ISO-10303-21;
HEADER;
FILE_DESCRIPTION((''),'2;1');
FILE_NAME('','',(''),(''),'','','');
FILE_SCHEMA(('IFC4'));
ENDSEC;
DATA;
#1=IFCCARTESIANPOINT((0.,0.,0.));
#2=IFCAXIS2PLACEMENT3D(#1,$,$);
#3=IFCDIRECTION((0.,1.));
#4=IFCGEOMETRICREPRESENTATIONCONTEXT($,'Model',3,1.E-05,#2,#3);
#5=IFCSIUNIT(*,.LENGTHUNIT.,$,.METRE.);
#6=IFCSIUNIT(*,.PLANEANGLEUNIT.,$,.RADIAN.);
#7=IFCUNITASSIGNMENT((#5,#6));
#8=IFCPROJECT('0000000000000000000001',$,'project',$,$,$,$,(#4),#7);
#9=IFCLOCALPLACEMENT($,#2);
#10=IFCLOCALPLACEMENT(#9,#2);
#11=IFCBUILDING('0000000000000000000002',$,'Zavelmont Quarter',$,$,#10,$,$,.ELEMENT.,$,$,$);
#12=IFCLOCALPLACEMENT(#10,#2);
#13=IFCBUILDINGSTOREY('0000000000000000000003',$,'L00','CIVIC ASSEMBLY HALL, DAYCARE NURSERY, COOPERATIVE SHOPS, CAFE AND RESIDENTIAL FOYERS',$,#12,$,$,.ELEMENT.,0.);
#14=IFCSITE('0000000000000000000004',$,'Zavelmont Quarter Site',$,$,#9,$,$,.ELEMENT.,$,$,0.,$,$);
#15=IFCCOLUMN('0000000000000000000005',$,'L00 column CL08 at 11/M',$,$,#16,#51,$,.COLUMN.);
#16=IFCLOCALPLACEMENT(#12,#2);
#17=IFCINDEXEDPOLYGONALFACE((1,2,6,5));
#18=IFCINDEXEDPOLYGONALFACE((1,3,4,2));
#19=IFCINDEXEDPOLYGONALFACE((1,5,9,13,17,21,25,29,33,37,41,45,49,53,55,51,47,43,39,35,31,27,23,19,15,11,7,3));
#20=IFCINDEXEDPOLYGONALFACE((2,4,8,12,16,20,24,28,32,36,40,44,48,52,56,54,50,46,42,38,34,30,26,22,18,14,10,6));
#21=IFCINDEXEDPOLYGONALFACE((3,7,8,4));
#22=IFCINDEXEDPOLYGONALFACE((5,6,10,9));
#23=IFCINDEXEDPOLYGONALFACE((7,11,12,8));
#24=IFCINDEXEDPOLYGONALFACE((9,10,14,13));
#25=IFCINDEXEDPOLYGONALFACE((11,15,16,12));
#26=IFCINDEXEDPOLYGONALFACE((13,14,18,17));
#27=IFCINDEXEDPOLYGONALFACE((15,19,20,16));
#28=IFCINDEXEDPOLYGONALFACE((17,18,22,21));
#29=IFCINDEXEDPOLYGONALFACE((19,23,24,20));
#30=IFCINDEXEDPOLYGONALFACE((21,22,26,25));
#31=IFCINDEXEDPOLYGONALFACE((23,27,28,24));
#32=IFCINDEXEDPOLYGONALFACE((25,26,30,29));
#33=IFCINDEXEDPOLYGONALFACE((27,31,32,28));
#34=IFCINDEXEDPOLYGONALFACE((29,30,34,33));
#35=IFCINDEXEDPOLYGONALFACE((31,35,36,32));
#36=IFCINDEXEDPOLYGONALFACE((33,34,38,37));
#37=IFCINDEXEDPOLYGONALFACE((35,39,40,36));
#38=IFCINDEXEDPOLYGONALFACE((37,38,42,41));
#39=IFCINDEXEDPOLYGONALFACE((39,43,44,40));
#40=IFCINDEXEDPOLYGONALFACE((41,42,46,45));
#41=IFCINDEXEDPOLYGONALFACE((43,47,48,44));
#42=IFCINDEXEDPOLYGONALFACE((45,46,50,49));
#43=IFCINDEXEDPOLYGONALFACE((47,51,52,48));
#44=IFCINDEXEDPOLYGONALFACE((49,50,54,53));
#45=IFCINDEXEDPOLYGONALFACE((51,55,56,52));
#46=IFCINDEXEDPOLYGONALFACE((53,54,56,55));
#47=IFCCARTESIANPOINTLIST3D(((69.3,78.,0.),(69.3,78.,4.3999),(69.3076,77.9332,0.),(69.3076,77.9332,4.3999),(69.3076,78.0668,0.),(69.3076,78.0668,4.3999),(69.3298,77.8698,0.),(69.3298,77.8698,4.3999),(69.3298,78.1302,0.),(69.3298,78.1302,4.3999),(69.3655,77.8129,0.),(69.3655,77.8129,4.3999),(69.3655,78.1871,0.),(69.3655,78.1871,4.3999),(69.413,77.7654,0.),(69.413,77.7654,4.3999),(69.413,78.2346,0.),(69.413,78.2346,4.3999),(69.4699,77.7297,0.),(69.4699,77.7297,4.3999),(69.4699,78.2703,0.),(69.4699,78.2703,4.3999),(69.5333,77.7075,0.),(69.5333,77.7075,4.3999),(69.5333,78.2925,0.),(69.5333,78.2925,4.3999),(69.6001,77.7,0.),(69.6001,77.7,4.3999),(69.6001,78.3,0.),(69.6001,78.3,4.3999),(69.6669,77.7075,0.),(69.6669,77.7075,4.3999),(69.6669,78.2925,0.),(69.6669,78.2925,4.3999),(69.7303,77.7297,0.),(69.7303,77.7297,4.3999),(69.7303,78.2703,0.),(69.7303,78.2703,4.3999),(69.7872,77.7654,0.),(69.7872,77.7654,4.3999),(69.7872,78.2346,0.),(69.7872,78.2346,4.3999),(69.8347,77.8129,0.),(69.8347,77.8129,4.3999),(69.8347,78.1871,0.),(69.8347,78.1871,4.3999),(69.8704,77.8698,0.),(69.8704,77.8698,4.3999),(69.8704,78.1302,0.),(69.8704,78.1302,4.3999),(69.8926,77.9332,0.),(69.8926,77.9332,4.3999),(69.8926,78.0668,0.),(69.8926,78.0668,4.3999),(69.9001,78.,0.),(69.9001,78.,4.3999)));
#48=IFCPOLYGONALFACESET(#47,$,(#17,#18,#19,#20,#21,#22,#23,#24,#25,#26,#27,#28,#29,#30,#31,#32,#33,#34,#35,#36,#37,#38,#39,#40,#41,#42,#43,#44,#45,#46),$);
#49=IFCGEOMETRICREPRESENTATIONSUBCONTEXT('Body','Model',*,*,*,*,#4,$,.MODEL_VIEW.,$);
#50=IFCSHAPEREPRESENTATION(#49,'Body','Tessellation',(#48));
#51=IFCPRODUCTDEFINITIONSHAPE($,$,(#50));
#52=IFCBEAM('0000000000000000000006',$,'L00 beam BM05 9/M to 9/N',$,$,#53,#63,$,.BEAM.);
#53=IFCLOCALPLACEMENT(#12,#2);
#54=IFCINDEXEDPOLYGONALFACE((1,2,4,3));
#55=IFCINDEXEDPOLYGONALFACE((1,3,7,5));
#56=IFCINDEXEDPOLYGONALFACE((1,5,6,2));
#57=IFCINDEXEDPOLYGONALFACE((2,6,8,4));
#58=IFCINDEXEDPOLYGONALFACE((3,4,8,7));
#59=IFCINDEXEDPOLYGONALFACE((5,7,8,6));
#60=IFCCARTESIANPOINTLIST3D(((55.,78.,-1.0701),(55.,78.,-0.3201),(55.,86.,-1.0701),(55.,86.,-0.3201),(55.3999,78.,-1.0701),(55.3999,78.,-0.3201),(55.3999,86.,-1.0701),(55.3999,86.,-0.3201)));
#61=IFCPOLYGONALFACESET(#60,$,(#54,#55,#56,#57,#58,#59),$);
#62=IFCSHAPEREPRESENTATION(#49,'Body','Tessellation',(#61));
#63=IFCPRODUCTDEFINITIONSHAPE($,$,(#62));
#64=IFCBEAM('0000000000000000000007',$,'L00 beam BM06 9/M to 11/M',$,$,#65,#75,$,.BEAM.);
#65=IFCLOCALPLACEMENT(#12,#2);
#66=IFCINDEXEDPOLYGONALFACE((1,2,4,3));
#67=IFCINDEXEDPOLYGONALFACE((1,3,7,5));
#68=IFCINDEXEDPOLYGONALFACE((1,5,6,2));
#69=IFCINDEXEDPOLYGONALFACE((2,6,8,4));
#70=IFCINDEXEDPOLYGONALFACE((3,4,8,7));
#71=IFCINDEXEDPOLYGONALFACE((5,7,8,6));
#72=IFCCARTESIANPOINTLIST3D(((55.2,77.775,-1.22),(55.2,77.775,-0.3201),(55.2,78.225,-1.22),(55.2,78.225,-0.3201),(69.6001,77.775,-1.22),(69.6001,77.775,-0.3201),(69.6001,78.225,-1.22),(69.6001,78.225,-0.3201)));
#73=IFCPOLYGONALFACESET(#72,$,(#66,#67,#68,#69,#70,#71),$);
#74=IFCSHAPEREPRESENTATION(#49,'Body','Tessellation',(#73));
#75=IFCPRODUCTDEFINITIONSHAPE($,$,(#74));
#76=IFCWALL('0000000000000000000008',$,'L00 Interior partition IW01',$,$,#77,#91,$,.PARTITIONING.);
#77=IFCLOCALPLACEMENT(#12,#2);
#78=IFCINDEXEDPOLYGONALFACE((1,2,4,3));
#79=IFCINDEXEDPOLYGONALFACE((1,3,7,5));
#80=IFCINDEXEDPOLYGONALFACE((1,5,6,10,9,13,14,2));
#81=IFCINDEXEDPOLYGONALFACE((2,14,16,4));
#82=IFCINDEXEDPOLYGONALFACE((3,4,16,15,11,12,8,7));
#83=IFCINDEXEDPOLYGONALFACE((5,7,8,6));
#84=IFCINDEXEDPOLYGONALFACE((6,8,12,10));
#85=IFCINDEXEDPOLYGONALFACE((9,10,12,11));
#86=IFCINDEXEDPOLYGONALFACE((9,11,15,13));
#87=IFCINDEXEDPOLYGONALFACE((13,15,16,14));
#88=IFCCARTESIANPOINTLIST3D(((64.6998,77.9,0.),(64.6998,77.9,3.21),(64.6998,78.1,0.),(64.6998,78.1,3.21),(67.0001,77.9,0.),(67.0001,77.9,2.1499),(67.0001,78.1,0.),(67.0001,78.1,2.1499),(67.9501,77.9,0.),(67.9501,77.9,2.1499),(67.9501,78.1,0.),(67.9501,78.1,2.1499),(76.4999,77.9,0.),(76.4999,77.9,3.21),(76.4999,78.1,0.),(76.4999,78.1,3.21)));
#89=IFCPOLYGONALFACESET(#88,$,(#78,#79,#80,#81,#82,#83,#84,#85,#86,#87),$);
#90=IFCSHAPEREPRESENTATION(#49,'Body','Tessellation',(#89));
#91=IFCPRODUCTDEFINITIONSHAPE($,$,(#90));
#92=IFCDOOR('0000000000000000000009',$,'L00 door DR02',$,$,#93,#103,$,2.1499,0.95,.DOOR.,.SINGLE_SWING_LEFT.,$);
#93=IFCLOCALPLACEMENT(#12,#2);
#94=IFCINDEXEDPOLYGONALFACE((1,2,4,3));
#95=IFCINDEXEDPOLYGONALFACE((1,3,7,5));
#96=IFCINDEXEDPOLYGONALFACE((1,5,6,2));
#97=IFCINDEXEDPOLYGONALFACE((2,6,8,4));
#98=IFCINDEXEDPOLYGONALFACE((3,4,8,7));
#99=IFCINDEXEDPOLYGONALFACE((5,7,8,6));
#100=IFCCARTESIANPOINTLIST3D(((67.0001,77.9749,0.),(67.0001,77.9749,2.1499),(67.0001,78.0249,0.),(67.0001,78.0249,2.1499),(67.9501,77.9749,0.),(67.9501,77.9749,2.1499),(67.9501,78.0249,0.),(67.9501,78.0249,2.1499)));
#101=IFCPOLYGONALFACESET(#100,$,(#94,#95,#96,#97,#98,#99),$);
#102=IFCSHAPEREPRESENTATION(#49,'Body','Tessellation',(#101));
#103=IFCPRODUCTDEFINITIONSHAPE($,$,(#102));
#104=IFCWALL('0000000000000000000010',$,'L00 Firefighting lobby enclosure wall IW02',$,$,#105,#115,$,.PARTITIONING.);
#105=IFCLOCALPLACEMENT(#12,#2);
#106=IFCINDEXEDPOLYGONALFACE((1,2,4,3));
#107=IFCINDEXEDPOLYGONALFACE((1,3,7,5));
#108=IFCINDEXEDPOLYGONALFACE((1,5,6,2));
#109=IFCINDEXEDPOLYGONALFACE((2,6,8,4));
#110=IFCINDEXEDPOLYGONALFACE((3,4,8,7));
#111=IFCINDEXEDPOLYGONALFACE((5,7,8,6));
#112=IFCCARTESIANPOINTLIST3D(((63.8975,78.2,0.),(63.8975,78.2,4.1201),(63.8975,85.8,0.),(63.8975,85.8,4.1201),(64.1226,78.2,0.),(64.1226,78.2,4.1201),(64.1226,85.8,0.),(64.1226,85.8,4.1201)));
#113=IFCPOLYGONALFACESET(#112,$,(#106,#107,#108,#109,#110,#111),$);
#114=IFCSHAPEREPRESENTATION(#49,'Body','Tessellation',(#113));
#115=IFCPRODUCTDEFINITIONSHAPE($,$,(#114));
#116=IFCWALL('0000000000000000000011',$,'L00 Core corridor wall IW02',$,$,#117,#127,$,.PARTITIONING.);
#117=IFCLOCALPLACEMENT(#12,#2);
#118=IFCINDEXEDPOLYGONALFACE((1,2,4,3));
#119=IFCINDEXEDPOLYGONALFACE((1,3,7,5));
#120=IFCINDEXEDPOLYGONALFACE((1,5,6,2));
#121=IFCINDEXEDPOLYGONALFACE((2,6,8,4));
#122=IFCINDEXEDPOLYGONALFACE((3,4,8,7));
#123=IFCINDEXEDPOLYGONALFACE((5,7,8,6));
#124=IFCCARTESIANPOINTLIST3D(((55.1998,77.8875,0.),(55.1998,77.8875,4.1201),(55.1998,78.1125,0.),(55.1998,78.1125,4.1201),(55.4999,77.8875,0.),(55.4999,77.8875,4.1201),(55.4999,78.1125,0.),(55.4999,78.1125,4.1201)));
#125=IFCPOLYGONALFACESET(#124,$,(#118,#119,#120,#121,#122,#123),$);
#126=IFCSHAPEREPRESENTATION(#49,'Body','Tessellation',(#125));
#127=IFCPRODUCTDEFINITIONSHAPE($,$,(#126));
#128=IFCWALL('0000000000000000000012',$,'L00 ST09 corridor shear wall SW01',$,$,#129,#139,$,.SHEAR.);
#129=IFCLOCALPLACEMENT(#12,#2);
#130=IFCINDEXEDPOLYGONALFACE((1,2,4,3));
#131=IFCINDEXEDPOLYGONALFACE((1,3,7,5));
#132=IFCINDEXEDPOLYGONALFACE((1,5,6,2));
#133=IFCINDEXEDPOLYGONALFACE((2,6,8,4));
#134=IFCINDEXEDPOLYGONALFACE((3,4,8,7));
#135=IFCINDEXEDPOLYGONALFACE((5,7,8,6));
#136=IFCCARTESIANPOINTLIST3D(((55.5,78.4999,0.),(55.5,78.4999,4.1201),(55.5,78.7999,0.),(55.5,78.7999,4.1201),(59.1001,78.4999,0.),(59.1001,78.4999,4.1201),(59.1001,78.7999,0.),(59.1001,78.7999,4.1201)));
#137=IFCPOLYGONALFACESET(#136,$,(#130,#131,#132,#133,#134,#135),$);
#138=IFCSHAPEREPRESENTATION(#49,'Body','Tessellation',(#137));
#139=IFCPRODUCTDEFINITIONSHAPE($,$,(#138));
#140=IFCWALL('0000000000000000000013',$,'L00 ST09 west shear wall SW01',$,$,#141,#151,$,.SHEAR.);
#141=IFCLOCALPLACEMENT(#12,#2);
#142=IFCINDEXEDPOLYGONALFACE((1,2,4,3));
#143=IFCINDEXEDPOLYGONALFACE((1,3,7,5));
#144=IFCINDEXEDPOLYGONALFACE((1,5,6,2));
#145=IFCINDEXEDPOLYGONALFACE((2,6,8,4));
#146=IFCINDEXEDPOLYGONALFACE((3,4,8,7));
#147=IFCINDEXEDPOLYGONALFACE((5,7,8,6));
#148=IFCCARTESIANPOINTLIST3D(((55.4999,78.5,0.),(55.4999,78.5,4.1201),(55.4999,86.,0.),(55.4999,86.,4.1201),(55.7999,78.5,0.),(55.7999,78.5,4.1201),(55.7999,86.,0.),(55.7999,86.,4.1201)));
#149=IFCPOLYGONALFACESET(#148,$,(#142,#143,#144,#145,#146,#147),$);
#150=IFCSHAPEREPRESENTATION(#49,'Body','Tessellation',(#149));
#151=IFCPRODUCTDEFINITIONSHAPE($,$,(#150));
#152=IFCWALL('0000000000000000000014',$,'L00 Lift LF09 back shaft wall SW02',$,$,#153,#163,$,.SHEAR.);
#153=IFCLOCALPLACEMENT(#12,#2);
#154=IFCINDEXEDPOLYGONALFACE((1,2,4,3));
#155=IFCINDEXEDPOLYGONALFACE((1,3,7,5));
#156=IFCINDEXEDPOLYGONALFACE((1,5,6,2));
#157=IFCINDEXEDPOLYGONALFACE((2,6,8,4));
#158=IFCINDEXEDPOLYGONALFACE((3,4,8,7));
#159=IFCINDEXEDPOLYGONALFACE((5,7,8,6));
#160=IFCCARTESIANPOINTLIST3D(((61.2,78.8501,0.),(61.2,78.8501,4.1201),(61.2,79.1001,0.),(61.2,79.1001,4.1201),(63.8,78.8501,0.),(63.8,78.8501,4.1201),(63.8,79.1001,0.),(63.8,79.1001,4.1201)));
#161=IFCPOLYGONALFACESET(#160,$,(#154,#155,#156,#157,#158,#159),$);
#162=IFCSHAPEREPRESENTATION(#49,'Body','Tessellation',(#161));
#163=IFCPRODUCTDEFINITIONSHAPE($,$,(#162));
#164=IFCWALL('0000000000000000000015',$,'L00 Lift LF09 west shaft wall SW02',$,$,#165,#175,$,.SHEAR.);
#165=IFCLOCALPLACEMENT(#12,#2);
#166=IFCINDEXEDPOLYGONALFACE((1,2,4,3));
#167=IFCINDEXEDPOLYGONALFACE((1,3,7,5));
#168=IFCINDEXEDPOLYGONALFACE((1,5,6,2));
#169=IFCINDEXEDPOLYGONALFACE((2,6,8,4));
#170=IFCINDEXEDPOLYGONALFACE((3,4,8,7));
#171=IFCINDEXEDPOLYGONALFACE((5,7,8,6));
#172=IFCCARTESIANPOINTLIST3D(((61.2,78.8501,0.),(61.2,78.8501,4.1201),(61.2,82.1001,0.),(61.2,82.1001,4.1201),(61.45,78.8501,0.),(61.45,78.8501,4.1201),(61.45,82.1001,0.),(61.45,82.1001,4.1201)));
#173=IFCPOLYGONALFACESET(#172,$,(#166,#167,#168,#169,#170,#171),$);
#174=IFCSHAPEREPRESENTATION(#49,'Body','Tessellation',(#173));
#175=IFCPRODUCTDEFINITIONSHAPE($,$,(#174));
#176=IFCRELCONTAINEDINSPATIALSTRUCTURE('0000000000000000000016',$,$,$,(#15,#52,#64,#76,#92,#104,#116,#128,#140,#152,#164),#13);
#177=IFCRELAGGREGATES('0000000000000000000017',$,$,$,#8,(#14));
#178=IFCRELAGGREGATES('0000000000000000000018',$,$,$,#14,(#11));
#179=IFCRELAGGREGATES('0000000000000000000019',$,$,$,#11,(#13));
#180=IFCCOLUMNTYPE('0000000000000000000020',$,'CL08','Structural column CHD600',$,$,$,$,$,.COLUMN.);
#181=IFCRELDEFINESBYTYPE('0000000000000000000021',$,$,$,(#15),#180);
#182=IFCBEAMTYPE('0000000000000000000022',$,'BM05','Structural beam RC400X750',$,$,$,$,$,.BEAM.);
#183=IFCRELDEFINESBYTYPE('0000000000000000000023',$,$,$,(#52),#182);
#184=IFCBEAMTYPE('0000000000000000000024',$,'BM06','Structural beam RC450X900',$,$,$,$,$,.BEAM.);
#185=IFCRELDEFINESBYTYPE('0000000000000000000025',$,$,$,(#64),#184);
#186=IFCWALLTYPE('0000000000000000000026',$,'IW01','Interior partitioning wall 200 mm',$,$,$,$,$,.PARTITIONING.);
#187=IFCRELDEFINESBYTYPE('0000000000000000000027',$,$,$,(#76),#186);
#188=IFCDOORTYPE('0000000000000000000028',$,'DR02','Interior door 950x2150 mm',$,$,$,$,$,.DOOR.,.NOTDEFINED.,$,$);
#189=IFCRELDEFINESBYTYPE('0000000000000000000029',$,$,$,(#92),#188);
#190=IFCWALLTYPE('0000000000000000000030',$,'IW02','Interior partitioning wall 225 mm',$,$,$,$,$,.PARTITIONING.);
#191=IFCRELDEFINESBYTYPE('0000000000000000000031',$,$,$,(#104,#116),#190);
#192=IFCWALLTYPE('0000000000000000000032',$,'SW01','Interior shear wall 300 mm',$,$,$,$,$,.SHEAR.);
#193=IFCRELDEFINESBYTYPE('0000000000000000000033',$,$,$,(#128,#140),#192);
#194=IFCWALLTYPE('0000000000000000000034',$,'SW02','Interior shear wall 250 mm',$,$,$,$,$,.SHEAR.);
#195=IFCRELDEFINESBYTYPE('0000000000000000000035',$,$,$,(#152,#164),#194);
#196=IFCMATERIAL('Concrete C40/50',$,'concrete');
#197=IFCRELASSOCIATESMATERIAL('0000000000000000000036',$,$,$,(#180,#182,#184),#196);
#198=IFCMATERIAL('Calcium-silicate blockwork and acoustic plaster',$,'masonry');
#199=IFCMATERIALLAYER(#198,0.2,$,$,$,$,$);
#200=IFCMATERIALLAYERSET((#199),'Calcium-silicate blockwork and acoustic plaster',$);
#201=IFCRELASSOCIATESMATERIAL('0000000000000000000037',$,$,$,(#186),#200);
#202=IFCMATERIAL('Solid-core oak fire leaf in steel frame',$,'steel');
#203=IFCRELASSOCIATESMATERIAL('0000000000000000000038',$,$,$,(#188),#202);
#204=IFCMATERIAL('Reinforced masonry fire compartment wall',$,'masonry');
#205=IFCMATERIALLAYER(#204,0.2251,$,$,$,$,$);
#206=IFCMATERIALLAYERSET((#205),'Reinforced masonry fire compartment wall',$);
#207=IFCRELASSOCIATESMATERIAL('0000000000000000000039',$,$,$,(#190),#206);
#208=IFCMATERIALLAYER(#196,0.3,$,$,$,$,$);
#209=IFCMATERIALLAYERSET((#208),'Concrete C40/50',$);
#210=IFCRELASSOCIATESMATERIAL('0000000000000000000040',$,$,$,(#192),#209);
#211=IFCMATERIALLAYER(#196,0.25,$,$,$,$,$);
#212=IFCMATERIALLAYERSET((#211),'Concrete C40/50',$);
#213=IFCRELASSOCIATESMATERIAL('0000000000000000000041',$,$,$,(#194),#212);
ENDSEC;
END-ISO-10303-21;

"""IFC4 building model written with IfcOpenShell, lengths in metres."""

from ifc_helpers import new_model, si_unit, direction, frame, frame_2d, origin, origin_with_axes, origin_2d, place, context, subcontext, project, spatial, rectangle, circle, extrude, material, layer, layer_set, material_profile, profile_set, type_object, element, fill, save


model = new_model("IFC4")

# Units and contexts
model_context = context("Model", 3, precision=1e-05, world=origin(), true_north=direction((0.0, 1.0)))
body_context = subcontext(model_context, "Body", "Model", "MODEL_VIEW")
ifc_project = project(units=[si_unit("LENGTHUNIT", "METRE"), si_unit("PLANEANGLEUNIT", "RADIAN")], contexts=[model_context])

# Site, building, storey
site_placement = place(None, origin())
site = spatial("IfcSite", under=ifc_project, at=site_placement, Name="Zavelmont Quarter Site", CompositionType="ELEMENT", RefElevation=0.0)
building_placement = place(site_placement, origin())
building = spatial("IfcBuilding", under=site, at=building_placement, Name="Zavelmont Quarter", CompositionType="ELEMENT")
storey_placement = place(building_placement, origin())
storey = spatial("IfcBuildingStorey", under=building, at=storey_placement, Name="L00", Description="CIVIC ASSEMBLY HALL, DAYCARE NURSERY, COOPERATIVE SHOPS, CAFE AND RESIDENTIAL FOYERS", CompositionType="ELEMENT", Elevation=0.0)

# Column
ifc_material_1 = material(Name="Concrete C40/50", Category="concrete")
ifc_material_profile_1 = material_profile(ifc_material_1, circle(Radius=0.3, at=origin_2d()), Name="CHD600")
ifc_profile_set_1 = profile_set([ifc_material_profile_1], Name="Concrete C40/50")
column_type = type_object("IfcColumnType", Name="CL08", Description="Structural column CHD600", PredefinedType="COLUMN", material=ifc_profile_set_1)
column_placement = place(storey_placement, frame((69.6001, 78.0, 0.0), z_axis=(0.0, 0.0, 1.0), x_axis=(1.0, 0.0, 0.0)))
element("IfcColumn", 1, at=column_placement, inside=storey, type_object=column_type, Name="L00 column CL08 at 11/M", PredefinedType="COLUMN", context=body_context, shape_type="SweptSolid", body=[
    extrude(circle(Radius=0.3, at=origin_2d()), origin(), (0.0, 0.0, 1.0), 4.3999),
])

# Beams
ifc_material_profile_2 = material_profile(ifc_material_1, rectangle(XDim=0.3999, YDim=0.75, at=origin_2d()), Name="RC400X750")
ifc_profile_set_2 = profile_set([ifc_material_profile_2], Name="Concrete C40/50")
beam_type_1 = type_object("IfcBeamType", Name="BM05", Description="Structural beam RC400X750", PredefinedType="BEAM", material=ifc_profile_set_2)
beam_1_placement = place(storey_placement, frame((55.2, 78.0, -0.6951), z_axis=(0.0, 1.0, 0.0), x_axis=(-1.0, 0.0, 0.0)))
element("IfcBeam", 2, at=beam_1_placement, inside=storey, type_object=beam_type_1, Name="L00 beam BM05 9/M to 9/N", PredefinedType="BEAM", context=body_context, shape_type="SweptSolid", body=[
    extrude(rectangle(XDim=0.3999, YDim=0.75, at=origin_2d()), origin(), (0.0, 0.0, 1.0), 8.0),
])
ifc_material_profile_3 = material_profile(ifc_material_1, rectangle(XDim=0.45, YDim=0.8999, at=origin_2d()), Name="RC450X900")
ifc_profile_set_3 = profile_set([ifc_material_profile_3], Name="Concrete C40/50")
beam_type_2 = type_object("IfcBeamType", Name="BM06", Description="Structural beam RC450X900", PredefinedType="BEAM", material=ifc_profile_set_3)
beam_2_placement = place(storey_placement, frame((55.2, 78.0, -0.77), z_axis=(1.0, 0.0, 0.0), x_axis=(0.0, 1.0, 0.0)))
element("IfcBeam", 3, at=beam_2_placement, inside=storey, type_object=beam_type_2, Name="L00 beam BM06 9/M to 11/M", PredefinedType="BEAM", context=body_context, shape_type="SweptSolid", body=[
    extrude(rectangle(XDim=0.45, YDim=0.8999, at=origin_2d()), origin(), (0.0, 0.0, 1.0), 14.4001),
])

# Wall, opening, door
ifc_material_2 = material(Name="Calcium-silicate blockwork and acoustic plaster", Category="masonry")
ifc_layer_1 = layer(ifc_material_2, 0.2)
ifc_layer_set_1 = layer_set([ifc_layer_1], Name="Calcium-silicate blockwork and acoustic plaster")
wall_type_1 = type_object("IfcWallType", Name="IW01", Description="Interior partitioning wall 200 mm", PredefinedType="PARTITIONING", material=ifc_layer_set_1)
wall_1_placement = place(storey_placement, frame((64.7, 78.0, 0.0), z_axis=(0.0, 0.0, 1.0), x_axis=(1.0, 0.0, 0.0)))
wall_1 = element("IfcWall", 4, at=wall_1_placement, inside=storey, type_object=wall_type_1, Name="L00 Interior partition IW01", PredefinedType="PARTITIONING", context=body_context, shape_type="SweptSolid", body=[
    extrude(rectangle(XDim=11.8, YDim=0.2, at=frame_2d((5.8999, 0.0))), origin(), (0.0, 0.0, 1.0), 3.21),
])
opening_1_placement = place(wall_1_placement, frame((2.3, 0.0, 0.0)))
opening_1 = element("IfcOpeningElement", 5, at=opening_1_placement, cuts=wall_1, PredefinedType="OPENING", context=body_context, shape_type="SweptSolid", body=[
    extrude(rectangle(XDim=0.95, YDim=2.1499, at=frame_2d((0.4751, 1.075))), frame((0.0, 0.1118, 0.0), z_axis=(0.0, -1.0, 0.0), x_axis=(1.0, 0.0, 0.0)), (0.0, 0.0, 1.0), 0.2239),
])
ifc_material_3 = material(Name="Solid-core oak fire leaf in steel frame", Category="steel")
door_type_1 = type_object("IfcDoorType", Name="DR02", Description="Interior door 950x2150 mm", OperationType="NOTDEFINED", PredefinedType="DOOR", material=ifc_material_3)
door_1_placement = place(opening_1_placement, origin_with_axes())
door_1 = element("IfcDoor", 6, at=door_1_placement, inside=storey, type_object=door_type_1, Name="L00 door DR02", OperationType="SINGLE_SWING_LEFT", OverallHeight=2.1499, OverallWidth=0.95, PredefinedType="DOOR", context=body_context, shape_type="SweptSolid", body=[
    extrude(rectangle(XDim=0.95, YDim=2.1499, at=frame_2d((0.4751, 1.075))), frame((0.0, 0.0249, 0.0), z_axis=(0.0, -1.0, 0.0), x_axis=(1.0, 0.0, 0.0)), (0.0, 0.0, 1.0), 0.05),
])
fill(opening_1, door_1)

# Walls
ifc_material_4 = material(Name="Reinforced masonry fire compartment wall", Category="masonry")
ifc_layer_2 = layer(ifc_material_4, 0.2251)
ifc_layer_set_2 = layer_set([ifc_layer_2], Name="Reinforced masonry fire compartment wall")
wall_type_2 = type_object("IfcWallType", Name="IW02", Description="Interior partitioning wall 225 mm", PredefinedType="PARTITIONING", material=ifc_layer_set_2)
wall_2_placement = place(storey_placement, frame((64.01, 78.2, 0.0), z_axis=(0.0, 0.0, 1.0), x_axis=(0.0, 1.0, 0.0)))
element("IfcWall", 7, at=wall_2_placement, inside=storey, type_object=wall_type_2, Name="L00 Firefighting lobby enclosure wall IW02", PredefinedType="PARTITIONING", context=body_context, shape_type="SweptSolid", body=[
    extrude(rectangle(XDim=7.6001, YDim=0.2251, at=frame_2d((3.8, 0.0))), origin(), (0.0, 0.0, 1.0), 4.1201),
])
wall_3_placement = place(storey_placement, frame((55.2, 78.0, 0.0), z_axis=(0.0, 0.0, 1.0), x_axis=(1.0, 0.0, 0.0)))
element("IfcWall", 8, at=wall_3_placement, inside=storey, type_object=wall_type_2, Name="L00 Core corridor wall IW02", PredefinedType="PARTITIONING", context=body_context, shape_type="SweptSolid", body=[
    extrude(rectangle(XDim=0.3, YDim=0.2251, at=frame_2d((0.1499, 0.0))), origin(), (0.0, 0.0, 1.0), 4.1201),
])

# Walls
ifc_layer_3 = layer(ifc_material_1, 0.3)
ifc_layer_set_3 = layer_set([ifc_layer_3], Name="Concrete C40/50")
wall_type_3 = type_object("IfcWallType", Name="SW01", Description="Interior shear wall 300 mm", PredefinedType="SHEAR", material=ifc_layer_set_3)
wall_4_placement = place(storey_placement, frame((55.5, 78.6499, 0.0), z_axis=(0.0, 0.0, 1.0), x_axis=(1.0, 0.0, 0.0)))
element("IfcWall", 9, at=wall_4_placement, inside=storey, type_object=wall_type_3, Name="L00 ST09 corridor shear wall SW01", PredefinedType="SHEAR", context=body_context, shape_type="SweptSolid", body=[
    extrude(rectangle(XDim=3.6001, YDim=0.3, at=frame_2d((1.8, 0.0))), origin(), (0.0, 0.0, 1.0), 4.1201),
])
wall_5_placement = place(storey_placement, frame((55.6499, 78.5, 0.0), z_axis=(0.0, 0.0, 1.0), x_axis=(0.0, 1.0, 0.0)))
element("IfcWall", 10, at=wall_5_placement, inside=storey, type_object=wall_type_3, Name="L00 ST09 west shear wall SW01", PredefinedType="SHEAR", context=body_context, shape_type="SweptSolid", body=[
    extrude(rectangle(XDim=7.5, YDim=0.3, at=frame_2d((3.75, 0.0))), origin(), (0.0, 0.0, 1.0), 4.1201),
])

# Walls
ifc_layer_4 = layer(ifc_material_1, 0.25)
ifc_layer_set_4 = layer_set([ifc_layer_4], Name="Concrete C40/50")
wall_type_4 = type_object("IfcWallType", Name="SW02", Description="Interior shear wall 250 mm", PredefinedType="SHEAR", material=ifc_layer_set_4)
wall_6_placement = place(storey_placement, frame((61.2, 78.9751, 0.0), z_axis=(0.0, 0.0, 1.0), x_axis=(1.0, 0.0, 0.0)))
element("IfcWall", 11, at=wall_6_placement, inside=storey, type_object=wall_type_4, Name="L00 Lift LF09 back shaft wall SW02", PredefinedType="SHEAR", context=body_context, shape_type="SweptSolid", body=[
    extrude(rectangle(XDim=2.6001, YDim=0.25, at=frame_2d((1.3, 0.0))), origin(), (0.0, 0.0, 1.0), 4.1201),
])
for number, where, z_axis, x_axis, name in (
    (12, (61.325, 78.8501, 0.0), (0.0, 0.0, 1.0), (0.0, 1.0, 0.0), "L00 Lift LF09 west shaft wall SW02"),
):
    element("IfcWall", number, at=place(storey_placement, frame(where, z_axis=z_axis, x_axis=x_axis)), inside=storey, type_object=wall_type_4, Name=name, PredefinedType="SHEAR", context=body_context, shape_type="SweptSolid", body=[
        extrude(rectangle(XDim=3.25, YDim=0.25, at=frame_2d((1.625, 0.0))), origin(), (0.0, 0.0, 1.0), 4.1201),
    ])

save(model, "model.ifc")
